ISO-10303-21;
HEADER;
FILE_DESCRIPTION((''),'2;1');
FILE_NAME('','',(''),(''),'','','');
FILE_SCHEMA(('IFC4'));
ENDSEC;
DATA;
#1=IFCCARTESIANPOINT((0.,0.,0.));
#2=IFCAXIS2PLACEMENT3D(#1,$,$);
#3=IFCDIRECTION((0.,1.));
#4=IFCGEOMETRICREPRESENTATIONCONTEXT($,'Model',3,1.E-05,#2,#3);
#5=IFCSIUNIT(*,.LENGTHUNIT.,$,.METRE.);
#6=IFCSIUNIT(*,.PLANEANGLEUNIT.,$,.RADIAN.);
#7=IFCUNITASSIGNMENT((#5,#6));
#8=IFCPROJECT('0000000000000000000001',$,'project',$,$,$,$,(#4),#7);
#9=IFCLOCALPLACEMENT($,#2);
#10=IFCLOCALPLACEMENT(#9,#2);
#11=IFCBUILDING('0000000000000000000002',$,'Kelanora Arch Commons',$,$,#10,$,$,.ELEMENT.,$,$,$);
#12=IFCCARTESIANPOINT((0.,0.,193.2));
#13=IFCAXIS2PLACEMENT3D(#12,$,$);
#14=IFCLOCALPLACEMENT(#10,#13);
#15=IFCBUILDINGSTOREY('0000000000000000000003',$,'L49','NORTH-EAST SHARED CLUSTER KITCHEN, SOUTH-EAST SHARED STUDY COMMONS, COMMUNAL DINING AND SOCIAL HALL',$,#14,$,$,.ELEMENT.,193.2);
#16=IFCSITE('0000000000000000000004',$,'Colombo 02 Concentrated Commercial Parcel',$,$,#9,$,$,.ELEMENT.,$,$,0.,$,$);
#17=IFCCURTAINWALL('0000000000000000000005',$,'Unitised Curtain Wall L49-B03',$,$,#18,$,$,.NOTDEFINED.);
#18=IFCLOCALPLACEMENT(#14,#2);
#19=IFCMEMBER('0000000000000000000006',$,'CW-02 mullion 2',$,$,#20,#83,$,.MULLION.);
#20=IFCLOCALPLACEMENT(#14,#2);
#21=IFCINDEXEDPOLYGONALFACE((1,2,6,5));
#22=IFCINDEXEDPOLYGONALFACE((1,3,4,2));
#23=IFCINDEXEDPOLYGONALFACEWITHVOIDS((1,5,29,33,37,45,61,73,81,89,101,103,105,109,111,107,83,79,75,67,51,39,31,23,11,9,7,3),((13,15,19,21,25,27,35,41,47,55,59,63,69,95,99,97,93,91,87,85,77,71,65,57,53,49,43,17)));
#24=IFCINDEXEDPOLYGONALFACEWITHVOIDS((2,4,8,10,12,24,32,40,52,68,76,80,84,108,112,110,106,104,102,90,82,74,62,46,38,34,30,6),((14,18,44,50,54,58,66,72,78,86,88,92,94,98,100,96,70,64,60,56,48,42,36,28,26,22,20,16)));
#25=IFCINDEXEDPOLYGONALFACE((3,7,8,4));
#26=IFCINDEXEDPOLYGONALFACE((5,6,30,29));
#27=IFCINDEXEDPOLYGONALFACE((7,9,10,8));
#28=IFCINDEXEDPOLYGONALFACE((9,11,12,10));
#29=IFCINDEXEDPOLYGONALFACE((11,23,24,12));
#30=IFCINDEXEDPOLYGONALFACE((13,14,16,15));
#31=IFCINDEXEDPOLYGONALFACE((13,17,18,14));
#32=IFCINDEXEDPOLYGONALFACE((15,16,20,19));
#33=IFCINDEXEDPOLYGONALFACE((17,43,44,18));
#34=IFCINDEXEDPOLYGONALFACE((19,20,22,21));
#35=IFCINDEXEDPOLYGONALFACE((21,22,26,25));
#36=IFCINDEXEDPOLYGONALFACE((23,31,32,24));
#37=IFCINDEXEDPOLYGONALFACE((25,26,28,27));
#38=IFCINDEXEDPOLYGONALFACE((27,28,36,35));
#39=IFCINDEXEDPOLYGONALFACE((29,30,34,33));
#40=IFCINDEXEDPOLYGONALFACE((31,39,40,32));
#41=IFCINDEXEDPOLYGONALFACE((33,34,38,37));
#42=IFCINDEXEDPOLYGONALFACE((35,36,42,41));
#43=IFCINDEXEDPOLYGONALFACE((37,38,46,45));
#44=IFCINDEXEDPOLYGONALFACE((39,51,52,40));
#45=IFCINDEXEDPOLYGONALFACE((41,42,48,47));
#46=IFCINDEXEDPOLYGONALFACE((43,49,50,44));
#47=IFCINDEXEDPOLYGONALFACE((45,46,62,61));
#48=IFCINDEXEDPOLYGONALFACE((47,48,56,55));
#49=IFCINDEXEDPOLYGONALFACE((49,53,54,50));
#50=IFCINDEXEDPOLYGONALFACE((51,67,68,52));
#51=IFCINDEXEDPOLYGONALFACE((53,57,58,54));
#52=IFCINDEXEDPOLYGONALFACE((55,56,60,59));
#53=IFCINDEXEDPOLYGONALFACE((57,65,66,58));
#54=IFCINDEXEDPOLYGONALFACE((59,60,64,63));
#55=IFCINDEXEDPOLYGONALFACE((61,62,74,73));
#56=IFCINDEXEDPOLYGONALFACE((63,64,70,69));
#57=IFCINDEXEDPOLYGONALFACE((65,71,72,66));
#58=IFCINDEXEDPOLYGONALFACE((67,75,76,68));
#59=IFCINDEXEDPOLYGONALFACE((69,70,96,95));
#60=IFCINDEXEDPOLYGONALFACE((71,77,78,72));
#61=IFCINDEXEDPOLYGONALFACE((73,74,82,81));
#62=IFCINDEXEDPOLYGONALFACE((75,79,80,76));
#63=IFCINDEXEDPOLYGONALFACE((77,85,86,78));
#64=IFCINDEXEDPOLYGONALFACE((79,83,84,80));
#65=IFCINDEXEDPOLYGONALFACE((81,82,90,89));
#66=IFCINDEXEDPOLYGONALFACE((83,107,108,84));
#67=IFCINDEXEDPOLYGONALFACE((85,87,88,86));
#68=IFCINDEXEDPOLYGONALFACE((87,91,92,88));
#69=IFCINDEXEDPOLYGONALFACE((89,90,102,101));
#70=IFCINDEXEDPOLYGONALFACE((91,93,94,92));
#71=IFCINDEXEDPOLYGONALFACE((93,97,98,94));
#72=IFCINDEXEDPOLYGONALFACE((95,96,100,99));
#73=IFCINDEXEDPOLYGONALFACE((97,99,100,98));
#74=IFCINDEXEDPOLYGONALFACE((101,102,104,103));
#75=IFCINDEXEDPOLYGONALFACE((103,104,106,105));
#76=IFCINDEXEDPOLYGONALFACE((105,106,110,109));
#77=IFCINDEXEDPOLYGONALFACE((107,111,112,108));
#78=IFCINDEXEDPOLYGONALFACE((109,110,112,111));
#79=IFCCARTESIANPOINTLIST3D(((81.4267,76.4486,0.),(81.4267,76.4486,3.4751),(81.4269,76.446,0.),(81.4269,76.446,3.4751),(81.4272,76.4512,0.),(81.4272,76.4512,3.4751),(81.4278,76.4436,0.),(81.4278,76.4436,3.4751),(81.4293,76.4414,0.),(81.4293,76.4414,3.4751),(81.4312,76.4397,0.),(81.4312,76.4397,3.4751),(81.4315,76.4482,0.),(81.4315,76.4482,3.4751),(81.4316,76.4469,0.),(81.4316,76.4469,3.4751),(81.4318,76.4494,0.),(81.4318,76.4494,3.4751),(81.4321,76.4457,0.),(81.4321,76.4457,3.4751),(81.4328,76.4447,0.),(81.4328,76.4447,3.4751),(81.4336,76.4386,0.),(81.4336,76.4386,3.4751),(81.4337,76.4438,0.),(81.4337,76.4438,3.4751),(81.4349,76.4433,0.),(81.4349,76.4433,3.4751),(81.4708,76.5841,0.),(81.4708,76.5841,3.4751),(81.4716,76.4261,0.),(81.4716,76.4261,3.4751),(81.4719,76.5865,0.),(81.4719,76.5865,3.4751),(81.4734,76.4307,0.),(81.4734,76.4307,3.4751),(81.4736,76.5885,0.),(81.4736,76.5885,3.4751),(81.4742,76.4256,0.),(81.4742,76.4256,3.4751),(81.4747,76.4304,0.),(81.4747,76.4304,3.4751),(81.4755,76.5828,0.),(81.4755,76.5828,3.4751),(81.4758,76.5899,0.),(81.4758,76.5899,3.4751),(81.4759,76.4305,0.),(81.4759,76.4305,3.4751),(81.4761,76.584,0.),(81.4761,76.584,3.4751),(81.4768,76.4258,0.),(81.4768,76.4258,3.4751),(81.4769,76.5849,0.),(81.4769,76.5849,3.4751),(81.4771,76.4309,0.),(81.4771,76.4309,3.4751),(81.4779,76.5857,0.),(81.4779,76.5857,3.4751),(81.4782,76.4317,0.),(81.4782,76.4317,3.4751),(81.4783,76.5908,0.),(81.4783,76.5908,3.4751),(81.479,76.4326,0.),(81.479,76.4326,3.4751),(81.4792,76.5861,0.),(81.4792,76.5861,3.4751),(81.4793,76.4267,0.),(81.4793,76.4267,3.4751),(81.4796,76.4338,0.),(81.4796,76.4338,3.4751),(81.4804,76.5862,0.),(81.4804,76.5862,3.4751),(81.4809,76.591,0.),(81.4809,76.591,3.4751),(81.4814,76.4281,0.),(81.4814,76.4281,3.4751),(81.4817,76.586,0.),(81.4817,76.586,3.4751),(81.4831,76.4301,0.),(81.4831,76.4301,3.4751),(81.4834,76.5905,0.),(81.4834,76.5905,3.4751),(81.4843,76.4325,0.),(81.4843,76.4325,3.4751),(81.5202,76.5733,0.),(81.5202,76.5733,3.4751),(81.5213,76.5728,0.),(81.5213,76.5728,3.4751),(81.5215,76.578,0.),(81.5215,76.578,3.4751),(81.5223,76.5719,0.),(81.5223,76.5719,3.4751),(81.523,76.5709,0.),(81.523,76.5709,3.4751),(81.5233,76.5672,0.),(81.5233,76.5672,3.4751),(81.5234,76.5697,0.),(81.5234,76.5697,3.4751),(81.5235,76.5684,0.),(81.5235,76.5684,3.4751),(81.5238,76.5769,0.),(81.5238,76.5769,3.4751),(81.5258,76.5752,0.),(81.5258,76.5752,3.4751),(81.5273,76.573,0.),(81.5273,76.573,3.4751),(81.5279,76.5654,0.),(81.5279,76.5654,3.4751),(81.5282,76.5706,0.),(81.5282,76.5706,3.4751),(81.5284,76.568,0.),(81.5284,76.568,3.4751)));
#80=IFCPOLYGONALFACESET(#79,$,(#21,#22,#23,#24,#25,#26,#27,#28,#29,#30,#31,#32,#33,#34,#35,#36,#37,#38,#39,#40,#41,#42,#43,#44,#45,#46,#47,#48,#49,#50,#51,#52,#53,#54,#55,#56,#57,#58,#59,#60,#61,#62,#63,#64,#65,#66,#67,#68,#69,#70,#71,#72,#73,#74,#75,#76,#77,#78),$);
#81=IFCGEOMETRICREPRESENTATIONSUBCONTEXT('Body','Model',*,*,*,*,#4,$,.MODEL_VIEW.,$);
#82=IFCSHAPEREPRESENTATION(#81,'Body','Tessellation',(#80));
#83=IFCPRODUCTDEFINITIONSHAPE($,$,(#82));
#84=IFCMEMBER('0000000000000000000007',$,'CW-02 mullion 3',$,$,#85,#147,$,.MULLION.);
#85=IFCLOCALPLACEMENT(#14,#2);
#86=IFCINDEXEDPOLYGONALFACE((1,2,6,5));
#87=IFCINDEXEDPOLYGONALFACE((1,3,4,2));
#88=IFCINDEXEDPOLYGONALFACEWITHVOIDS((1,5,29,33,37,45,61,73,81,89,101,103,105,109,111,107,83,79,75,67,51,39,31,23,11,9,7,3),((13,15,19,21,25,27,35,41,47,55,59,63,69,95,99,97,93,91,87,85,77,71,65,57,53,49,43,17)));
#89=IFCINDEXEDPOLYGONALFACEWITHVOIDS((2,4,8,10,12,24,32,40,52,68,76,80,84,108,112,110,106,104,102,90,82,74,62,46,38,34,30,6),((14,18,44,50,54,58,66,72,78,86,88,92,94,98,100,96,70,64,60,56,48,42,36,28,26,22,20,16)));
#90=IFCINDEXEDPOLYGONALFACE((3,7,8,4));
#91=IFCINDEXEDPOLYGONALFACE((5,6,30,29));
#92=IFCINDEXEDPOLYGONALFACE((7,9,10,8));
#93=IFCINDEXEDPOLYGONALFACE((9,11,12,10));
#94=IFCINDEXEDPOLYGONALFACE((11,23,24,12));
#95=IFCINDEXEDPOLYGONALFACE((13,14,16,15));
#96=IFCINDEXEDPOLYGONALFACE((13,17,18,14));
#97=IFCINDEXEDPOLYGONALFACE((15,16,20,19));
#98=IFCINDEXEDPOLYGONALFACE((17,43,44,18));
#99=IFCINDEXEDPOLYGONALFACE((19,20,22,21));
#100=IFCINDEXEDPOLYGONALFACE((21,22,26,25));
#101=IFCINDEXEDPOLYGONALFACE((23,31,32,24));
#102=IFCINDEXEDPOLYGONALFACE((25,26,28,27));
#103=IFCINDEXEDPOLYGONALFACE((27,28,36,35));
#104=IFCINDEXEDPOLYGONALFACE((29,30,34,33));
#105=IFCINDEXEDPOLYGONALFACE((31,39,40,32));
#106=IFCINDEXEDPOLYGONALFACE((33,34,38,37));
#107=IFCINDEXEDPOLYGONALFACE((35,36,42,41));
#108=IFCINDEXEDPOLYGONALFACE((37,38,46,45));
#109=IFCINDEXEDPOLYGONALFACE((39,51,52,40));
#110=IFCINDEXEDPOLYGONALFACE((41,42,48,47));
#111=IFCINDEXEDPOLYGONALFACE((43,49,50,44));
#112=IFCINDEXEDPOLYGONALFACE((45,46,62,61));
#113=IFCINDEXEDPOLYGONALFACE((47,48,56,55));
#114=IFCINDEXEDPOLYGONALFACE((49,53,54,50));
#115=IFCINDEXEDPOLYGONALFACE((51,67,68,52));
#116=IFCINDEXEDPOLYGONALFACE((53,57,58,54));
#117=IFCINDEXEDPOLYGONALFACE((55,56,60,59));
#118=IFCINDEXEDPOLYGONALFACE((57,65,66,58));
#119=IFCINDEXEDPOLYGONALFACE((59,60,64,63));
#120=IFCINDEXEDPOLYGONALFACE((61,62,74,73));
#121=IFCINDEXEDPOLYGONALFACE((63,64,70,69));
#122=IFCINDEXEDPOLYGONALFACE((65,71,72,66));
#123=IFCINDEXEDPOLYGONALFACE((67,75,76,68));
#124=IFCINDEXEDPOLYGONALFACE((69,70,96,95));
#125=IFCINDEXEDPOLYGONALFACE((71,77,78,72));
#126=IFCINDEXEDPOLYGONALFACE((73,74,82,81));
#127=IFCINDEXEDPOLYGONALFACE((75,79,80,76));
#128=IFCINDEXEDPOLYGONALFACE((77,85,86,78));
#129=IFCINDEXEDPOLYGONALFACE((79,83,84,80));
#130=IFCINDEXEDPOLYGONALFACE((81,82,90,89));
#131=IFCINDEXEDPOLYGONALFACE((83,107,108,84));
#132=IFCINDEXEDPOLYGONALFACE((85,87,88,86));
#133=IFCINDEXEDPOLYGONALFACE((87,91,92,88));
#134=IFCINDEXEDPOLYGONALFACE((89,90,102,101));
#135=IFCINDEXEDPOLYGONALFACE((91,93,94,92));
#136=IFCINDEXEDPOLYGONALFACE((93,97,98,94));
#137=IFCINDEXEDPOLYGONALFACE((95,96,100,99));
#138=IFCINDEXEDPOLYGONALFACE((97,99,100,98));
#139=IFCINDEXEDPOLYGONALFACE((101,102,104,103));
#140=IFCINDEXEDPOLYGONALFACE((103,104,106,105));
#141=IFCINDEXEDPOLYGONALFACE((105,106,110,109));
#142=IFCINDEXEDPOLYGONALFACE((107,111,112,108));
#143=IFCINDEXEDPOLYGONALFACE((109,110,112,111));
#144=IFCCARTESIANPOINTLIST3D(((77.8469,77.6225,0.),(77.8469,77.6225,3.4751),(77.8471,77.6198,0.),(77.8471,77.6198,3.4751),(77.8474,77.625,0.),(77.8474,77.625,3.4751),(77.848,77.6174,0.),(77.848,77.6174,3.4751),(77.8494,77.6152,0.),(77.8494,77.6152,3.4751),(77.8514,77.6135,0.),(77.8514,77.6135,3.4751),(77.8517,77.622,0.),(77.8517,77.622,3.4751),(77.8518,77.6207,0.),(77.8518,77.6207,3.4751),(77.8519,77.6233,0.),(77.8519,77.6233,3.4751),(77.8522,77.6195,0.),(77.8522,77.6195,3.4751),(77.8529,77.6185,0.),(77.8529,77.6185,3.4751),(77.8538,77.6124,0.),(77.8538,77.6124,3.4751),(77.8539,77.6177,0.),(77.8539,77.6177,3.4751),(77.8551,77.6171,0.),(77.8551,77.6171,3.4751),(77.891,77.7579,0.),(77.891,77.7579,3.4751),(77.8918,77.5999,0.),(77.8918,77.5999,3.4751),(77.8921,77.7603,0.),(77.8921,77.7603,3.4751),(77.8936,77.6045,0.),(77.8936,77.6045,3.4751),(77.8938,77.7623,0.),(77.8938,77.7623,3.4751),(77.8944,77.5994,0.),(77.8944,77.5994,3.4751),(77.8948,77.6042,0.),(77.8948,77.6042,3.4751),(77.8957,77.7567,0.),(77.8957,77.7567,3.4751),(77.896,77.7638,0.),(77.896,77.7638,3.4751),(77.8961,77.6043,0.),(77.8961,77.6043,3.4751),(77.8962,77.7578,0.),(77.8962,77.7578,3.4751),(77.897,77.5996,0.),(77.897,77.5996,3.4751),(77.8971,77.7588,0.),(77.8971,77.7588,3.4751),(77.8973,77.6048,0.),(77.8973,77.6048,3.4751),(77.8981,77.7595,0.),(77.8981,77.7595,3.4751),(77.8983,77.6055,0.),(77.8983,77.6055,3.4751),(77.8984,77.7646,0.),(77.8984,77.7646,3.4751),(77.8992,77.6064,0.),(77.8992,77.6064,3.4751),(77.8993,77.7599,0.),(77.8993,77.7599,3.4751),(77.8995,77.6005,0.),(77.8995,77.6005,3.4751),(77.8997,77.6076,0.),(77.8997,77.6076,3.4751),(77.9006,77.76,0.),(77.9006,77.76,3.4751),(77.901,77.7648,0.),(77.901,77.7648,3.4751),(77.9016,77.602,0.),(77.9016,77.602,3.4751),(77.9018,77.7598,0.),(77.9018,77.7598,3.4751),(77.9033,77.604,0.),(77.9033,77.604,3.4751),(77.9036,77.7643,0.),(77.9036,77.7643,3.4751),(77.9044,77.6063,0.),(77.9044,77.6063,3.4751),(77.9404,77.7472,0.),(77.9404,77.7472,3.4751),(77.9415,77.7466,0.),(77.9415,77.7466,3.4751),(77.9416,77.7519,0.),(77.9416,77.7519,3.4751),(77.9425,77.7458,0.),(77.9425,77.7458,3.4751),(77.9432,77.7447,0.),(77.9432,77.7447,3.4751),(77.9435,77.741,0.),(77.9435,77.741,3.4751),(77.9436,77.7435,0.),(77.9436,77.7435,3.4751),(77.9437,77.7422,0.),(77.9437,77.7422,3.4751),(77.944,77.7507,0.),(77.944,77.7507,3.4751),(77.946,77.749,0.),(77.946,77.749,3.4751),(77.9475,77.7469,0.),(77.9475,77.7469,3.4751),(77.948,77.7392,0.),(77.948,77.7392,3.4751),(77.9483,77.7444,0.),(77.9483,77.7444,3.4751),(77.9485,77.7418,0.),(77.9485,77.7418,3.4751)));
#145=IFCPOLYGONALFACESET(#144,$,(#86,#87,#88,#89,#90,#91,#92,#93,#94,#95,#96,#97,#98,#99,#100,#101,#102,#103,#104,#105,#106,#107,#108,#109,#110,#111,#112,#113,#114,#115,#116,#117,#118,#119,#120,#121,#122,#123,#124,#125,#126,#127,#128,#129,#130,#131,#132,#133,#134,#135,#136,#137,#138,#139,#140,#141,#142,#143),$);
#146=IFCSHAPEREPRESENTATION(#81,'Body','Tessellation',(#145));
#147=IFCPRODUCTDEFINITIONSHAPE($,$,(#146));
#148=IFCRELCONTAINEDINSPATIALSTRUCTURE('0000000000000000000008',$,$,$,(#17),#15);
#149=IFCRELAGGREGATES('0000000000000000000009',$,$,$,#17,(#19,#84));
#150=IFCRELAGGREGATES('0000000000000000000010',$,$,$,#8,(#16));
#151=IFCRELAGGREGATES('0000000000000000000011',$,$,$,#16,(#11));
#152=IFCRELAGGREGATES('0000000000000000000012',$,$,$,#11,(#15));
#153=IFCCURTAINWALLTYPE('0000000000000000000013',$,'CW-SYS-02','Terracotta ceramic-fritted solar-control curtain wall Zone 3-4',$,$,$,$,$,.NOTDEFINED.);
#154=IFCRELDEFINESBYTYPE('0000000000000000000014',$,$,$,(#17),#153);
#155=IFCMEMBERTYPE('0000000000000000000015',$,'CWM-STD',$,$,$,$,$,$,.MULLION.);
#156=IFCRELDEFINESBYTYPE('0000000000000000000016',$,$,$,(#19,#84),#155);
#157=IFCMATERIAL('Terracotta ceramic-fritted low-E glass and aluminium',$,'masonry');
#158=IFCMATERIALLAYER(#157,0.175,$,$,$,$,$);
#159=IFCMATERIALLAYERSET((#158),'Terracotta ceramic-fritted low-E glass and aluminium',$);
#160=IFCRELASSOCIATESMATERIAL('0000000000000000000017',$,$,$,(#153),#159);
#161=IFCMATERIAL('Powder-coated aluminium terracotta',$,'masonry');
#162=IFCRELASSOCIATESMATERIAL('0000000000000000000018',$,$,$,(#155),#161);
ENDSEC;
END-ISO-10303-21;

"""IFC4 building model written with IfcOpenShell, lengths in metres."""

from ifc_helpers import new_model, si_unit, direction, frame, origin, origin_2d, place, context, subcontext, project, spatial, hollow_rectangle, extrude, material, layer, layer_set, material_profile, profile_set, type_object, element, aggregate, save


model = new_model("IFC4")

# Units and contexts
model_context = context("Model", 3, precision=1e-05, world=origin(), true_north=direction((0.0, 1.0)))
body_context = subcontext(model_context, "Body", "Model", "MODEL_VIEW")
ifc_project = project(units=[si_unit("LENGTHUNIT", "METRE"), si_unit("PLANEANGLEUNIT", "RADIAN")], contexts=[model_context])

# Site, building, storey
site_placement = place(None, origin())
site = spatial("IfcSite", under=ifc_project, at=site_placement, Name="Colombo 02 Concentrated Commercial Parcel", CompositionType="ELEMENT", RefElevation=0.0)
building_placement = place(site_placement, origin())
building = spatial("IfcBuilding", under=site, at=building_placement, Name="Kelanora Arch Commons", CompositionType="ELEMENT")
storey_placement = place(building_placement, frame((0.0, 0.0, 193.2)))
storey = spatial("IfcBuildingStorey", under=building, at=storey_placement, Name="L49", Description="NORTH-EAST SHARED CLUSTER KITCHEN, SOUTH-EAST SHARED STUDY COMMONS, COMMUNAL DINING AND SOCIAL HALL", CompositionType="ELEMENT", Elevation=193.2)

# Curtain wall, members
ifc_material_1 = material(Name="Terracotta ceramic-fritted low-E glass and aluminium", Category="masonry")
ifc_layer_1 = layer(ifc_material_1, 0.175)
ifc_layer_set_1 = layer_set([ifc_layer_1], Name="Terracotta ceramic-fritted low-E glass and aluminium")
curtain_wall_type = type_object("IfcCurtainWallType", Name="CW-SYS-02", Description="Terracotta ceramic-fritted solar-control curtain wall Zone 3-4", PredefinedType="NOTDEFINED", material=ifc_layer_set_1)
curtain_wall_placement = place(storey_placement, origin())
curtain_wall = element("IfcCurtainWall", 1, at=curtain_wall_placement, inside=storey, type_object=curtain_wall_type, Name="Unitised Curtain Wall L49-B03", PredefinedType="NOTDEFINED")
ifc_material_2 = material(Name="Powder-coated aluminium terracotta", Category="masonry")
ifc_material_profile_1 = material_profile(ifc_material_2, hollow_rectangle(XDim=0.1599, YDim=0.0601, WallThickness=0.0049, InnerFilletRadius=0.0049, OuterFilletRadius=0.01, at=origin_2d()), Name="CWM160x60")
ifc_profile_set_1 = profile_set([ifc_material_profile_1], Name="Powder-coated aluminium terracotta")
member_type_1 = type_object("IfcMemberType", Name="CWM-STD", PredefinedType="MULLION", material=ifc_profile_set_1)
member_1_placement = place(storey_placement, frame((81.4775, 76.5083, 0.0), z_axis=(0.0, 0.0, 1.0), x_axis=(-0.311582, -0.950219, 0.0)))
member_1 = element("IfcMember", 2, at=member_1_placement, type_object=member_type_1, Name="CW-02 mullion 2", PredefinedType="MULLION", context=body_context, shape_type="SweptSolid", body=[
    extrude(hollow_rectangle(XDim=0.1599, YDim=0.0601, WallThickness=0.0049, InnerFilletRadius=0.0049, OuterFilletRadius=0.01, at=origin_2d()), origin(), (0.0, 0.0, 1.0), 3.4751),
])
member_2_placement = place(storey_placement, frame((77.8977, 77.6821, 0.0), z_axis=(0.0, 0.0, 1.0), x_axis=(-0.311582, -0.950219, 0.0)))
member_2 = element("IfcMember", 3, at=member_2_placement, type_object=member_type_1, Name="CW-02 mullion 3", PredefinedType="MULLION", context=body_context, shape_type="SweptSolid", body=[
    extrude(hollow_rectangle(XDim=0.1599, YDim=0.0601, WallThickness=0.0049, InnerFilletRadius=0.0049, OuterFilletRadius=0.01, at=origin_2d()), origin(), (0.0, 0.0, 1.0), 3.4751),
])
aggregate(curtain_wall, [member_1, member_2])

save(model, "model.ifc")
